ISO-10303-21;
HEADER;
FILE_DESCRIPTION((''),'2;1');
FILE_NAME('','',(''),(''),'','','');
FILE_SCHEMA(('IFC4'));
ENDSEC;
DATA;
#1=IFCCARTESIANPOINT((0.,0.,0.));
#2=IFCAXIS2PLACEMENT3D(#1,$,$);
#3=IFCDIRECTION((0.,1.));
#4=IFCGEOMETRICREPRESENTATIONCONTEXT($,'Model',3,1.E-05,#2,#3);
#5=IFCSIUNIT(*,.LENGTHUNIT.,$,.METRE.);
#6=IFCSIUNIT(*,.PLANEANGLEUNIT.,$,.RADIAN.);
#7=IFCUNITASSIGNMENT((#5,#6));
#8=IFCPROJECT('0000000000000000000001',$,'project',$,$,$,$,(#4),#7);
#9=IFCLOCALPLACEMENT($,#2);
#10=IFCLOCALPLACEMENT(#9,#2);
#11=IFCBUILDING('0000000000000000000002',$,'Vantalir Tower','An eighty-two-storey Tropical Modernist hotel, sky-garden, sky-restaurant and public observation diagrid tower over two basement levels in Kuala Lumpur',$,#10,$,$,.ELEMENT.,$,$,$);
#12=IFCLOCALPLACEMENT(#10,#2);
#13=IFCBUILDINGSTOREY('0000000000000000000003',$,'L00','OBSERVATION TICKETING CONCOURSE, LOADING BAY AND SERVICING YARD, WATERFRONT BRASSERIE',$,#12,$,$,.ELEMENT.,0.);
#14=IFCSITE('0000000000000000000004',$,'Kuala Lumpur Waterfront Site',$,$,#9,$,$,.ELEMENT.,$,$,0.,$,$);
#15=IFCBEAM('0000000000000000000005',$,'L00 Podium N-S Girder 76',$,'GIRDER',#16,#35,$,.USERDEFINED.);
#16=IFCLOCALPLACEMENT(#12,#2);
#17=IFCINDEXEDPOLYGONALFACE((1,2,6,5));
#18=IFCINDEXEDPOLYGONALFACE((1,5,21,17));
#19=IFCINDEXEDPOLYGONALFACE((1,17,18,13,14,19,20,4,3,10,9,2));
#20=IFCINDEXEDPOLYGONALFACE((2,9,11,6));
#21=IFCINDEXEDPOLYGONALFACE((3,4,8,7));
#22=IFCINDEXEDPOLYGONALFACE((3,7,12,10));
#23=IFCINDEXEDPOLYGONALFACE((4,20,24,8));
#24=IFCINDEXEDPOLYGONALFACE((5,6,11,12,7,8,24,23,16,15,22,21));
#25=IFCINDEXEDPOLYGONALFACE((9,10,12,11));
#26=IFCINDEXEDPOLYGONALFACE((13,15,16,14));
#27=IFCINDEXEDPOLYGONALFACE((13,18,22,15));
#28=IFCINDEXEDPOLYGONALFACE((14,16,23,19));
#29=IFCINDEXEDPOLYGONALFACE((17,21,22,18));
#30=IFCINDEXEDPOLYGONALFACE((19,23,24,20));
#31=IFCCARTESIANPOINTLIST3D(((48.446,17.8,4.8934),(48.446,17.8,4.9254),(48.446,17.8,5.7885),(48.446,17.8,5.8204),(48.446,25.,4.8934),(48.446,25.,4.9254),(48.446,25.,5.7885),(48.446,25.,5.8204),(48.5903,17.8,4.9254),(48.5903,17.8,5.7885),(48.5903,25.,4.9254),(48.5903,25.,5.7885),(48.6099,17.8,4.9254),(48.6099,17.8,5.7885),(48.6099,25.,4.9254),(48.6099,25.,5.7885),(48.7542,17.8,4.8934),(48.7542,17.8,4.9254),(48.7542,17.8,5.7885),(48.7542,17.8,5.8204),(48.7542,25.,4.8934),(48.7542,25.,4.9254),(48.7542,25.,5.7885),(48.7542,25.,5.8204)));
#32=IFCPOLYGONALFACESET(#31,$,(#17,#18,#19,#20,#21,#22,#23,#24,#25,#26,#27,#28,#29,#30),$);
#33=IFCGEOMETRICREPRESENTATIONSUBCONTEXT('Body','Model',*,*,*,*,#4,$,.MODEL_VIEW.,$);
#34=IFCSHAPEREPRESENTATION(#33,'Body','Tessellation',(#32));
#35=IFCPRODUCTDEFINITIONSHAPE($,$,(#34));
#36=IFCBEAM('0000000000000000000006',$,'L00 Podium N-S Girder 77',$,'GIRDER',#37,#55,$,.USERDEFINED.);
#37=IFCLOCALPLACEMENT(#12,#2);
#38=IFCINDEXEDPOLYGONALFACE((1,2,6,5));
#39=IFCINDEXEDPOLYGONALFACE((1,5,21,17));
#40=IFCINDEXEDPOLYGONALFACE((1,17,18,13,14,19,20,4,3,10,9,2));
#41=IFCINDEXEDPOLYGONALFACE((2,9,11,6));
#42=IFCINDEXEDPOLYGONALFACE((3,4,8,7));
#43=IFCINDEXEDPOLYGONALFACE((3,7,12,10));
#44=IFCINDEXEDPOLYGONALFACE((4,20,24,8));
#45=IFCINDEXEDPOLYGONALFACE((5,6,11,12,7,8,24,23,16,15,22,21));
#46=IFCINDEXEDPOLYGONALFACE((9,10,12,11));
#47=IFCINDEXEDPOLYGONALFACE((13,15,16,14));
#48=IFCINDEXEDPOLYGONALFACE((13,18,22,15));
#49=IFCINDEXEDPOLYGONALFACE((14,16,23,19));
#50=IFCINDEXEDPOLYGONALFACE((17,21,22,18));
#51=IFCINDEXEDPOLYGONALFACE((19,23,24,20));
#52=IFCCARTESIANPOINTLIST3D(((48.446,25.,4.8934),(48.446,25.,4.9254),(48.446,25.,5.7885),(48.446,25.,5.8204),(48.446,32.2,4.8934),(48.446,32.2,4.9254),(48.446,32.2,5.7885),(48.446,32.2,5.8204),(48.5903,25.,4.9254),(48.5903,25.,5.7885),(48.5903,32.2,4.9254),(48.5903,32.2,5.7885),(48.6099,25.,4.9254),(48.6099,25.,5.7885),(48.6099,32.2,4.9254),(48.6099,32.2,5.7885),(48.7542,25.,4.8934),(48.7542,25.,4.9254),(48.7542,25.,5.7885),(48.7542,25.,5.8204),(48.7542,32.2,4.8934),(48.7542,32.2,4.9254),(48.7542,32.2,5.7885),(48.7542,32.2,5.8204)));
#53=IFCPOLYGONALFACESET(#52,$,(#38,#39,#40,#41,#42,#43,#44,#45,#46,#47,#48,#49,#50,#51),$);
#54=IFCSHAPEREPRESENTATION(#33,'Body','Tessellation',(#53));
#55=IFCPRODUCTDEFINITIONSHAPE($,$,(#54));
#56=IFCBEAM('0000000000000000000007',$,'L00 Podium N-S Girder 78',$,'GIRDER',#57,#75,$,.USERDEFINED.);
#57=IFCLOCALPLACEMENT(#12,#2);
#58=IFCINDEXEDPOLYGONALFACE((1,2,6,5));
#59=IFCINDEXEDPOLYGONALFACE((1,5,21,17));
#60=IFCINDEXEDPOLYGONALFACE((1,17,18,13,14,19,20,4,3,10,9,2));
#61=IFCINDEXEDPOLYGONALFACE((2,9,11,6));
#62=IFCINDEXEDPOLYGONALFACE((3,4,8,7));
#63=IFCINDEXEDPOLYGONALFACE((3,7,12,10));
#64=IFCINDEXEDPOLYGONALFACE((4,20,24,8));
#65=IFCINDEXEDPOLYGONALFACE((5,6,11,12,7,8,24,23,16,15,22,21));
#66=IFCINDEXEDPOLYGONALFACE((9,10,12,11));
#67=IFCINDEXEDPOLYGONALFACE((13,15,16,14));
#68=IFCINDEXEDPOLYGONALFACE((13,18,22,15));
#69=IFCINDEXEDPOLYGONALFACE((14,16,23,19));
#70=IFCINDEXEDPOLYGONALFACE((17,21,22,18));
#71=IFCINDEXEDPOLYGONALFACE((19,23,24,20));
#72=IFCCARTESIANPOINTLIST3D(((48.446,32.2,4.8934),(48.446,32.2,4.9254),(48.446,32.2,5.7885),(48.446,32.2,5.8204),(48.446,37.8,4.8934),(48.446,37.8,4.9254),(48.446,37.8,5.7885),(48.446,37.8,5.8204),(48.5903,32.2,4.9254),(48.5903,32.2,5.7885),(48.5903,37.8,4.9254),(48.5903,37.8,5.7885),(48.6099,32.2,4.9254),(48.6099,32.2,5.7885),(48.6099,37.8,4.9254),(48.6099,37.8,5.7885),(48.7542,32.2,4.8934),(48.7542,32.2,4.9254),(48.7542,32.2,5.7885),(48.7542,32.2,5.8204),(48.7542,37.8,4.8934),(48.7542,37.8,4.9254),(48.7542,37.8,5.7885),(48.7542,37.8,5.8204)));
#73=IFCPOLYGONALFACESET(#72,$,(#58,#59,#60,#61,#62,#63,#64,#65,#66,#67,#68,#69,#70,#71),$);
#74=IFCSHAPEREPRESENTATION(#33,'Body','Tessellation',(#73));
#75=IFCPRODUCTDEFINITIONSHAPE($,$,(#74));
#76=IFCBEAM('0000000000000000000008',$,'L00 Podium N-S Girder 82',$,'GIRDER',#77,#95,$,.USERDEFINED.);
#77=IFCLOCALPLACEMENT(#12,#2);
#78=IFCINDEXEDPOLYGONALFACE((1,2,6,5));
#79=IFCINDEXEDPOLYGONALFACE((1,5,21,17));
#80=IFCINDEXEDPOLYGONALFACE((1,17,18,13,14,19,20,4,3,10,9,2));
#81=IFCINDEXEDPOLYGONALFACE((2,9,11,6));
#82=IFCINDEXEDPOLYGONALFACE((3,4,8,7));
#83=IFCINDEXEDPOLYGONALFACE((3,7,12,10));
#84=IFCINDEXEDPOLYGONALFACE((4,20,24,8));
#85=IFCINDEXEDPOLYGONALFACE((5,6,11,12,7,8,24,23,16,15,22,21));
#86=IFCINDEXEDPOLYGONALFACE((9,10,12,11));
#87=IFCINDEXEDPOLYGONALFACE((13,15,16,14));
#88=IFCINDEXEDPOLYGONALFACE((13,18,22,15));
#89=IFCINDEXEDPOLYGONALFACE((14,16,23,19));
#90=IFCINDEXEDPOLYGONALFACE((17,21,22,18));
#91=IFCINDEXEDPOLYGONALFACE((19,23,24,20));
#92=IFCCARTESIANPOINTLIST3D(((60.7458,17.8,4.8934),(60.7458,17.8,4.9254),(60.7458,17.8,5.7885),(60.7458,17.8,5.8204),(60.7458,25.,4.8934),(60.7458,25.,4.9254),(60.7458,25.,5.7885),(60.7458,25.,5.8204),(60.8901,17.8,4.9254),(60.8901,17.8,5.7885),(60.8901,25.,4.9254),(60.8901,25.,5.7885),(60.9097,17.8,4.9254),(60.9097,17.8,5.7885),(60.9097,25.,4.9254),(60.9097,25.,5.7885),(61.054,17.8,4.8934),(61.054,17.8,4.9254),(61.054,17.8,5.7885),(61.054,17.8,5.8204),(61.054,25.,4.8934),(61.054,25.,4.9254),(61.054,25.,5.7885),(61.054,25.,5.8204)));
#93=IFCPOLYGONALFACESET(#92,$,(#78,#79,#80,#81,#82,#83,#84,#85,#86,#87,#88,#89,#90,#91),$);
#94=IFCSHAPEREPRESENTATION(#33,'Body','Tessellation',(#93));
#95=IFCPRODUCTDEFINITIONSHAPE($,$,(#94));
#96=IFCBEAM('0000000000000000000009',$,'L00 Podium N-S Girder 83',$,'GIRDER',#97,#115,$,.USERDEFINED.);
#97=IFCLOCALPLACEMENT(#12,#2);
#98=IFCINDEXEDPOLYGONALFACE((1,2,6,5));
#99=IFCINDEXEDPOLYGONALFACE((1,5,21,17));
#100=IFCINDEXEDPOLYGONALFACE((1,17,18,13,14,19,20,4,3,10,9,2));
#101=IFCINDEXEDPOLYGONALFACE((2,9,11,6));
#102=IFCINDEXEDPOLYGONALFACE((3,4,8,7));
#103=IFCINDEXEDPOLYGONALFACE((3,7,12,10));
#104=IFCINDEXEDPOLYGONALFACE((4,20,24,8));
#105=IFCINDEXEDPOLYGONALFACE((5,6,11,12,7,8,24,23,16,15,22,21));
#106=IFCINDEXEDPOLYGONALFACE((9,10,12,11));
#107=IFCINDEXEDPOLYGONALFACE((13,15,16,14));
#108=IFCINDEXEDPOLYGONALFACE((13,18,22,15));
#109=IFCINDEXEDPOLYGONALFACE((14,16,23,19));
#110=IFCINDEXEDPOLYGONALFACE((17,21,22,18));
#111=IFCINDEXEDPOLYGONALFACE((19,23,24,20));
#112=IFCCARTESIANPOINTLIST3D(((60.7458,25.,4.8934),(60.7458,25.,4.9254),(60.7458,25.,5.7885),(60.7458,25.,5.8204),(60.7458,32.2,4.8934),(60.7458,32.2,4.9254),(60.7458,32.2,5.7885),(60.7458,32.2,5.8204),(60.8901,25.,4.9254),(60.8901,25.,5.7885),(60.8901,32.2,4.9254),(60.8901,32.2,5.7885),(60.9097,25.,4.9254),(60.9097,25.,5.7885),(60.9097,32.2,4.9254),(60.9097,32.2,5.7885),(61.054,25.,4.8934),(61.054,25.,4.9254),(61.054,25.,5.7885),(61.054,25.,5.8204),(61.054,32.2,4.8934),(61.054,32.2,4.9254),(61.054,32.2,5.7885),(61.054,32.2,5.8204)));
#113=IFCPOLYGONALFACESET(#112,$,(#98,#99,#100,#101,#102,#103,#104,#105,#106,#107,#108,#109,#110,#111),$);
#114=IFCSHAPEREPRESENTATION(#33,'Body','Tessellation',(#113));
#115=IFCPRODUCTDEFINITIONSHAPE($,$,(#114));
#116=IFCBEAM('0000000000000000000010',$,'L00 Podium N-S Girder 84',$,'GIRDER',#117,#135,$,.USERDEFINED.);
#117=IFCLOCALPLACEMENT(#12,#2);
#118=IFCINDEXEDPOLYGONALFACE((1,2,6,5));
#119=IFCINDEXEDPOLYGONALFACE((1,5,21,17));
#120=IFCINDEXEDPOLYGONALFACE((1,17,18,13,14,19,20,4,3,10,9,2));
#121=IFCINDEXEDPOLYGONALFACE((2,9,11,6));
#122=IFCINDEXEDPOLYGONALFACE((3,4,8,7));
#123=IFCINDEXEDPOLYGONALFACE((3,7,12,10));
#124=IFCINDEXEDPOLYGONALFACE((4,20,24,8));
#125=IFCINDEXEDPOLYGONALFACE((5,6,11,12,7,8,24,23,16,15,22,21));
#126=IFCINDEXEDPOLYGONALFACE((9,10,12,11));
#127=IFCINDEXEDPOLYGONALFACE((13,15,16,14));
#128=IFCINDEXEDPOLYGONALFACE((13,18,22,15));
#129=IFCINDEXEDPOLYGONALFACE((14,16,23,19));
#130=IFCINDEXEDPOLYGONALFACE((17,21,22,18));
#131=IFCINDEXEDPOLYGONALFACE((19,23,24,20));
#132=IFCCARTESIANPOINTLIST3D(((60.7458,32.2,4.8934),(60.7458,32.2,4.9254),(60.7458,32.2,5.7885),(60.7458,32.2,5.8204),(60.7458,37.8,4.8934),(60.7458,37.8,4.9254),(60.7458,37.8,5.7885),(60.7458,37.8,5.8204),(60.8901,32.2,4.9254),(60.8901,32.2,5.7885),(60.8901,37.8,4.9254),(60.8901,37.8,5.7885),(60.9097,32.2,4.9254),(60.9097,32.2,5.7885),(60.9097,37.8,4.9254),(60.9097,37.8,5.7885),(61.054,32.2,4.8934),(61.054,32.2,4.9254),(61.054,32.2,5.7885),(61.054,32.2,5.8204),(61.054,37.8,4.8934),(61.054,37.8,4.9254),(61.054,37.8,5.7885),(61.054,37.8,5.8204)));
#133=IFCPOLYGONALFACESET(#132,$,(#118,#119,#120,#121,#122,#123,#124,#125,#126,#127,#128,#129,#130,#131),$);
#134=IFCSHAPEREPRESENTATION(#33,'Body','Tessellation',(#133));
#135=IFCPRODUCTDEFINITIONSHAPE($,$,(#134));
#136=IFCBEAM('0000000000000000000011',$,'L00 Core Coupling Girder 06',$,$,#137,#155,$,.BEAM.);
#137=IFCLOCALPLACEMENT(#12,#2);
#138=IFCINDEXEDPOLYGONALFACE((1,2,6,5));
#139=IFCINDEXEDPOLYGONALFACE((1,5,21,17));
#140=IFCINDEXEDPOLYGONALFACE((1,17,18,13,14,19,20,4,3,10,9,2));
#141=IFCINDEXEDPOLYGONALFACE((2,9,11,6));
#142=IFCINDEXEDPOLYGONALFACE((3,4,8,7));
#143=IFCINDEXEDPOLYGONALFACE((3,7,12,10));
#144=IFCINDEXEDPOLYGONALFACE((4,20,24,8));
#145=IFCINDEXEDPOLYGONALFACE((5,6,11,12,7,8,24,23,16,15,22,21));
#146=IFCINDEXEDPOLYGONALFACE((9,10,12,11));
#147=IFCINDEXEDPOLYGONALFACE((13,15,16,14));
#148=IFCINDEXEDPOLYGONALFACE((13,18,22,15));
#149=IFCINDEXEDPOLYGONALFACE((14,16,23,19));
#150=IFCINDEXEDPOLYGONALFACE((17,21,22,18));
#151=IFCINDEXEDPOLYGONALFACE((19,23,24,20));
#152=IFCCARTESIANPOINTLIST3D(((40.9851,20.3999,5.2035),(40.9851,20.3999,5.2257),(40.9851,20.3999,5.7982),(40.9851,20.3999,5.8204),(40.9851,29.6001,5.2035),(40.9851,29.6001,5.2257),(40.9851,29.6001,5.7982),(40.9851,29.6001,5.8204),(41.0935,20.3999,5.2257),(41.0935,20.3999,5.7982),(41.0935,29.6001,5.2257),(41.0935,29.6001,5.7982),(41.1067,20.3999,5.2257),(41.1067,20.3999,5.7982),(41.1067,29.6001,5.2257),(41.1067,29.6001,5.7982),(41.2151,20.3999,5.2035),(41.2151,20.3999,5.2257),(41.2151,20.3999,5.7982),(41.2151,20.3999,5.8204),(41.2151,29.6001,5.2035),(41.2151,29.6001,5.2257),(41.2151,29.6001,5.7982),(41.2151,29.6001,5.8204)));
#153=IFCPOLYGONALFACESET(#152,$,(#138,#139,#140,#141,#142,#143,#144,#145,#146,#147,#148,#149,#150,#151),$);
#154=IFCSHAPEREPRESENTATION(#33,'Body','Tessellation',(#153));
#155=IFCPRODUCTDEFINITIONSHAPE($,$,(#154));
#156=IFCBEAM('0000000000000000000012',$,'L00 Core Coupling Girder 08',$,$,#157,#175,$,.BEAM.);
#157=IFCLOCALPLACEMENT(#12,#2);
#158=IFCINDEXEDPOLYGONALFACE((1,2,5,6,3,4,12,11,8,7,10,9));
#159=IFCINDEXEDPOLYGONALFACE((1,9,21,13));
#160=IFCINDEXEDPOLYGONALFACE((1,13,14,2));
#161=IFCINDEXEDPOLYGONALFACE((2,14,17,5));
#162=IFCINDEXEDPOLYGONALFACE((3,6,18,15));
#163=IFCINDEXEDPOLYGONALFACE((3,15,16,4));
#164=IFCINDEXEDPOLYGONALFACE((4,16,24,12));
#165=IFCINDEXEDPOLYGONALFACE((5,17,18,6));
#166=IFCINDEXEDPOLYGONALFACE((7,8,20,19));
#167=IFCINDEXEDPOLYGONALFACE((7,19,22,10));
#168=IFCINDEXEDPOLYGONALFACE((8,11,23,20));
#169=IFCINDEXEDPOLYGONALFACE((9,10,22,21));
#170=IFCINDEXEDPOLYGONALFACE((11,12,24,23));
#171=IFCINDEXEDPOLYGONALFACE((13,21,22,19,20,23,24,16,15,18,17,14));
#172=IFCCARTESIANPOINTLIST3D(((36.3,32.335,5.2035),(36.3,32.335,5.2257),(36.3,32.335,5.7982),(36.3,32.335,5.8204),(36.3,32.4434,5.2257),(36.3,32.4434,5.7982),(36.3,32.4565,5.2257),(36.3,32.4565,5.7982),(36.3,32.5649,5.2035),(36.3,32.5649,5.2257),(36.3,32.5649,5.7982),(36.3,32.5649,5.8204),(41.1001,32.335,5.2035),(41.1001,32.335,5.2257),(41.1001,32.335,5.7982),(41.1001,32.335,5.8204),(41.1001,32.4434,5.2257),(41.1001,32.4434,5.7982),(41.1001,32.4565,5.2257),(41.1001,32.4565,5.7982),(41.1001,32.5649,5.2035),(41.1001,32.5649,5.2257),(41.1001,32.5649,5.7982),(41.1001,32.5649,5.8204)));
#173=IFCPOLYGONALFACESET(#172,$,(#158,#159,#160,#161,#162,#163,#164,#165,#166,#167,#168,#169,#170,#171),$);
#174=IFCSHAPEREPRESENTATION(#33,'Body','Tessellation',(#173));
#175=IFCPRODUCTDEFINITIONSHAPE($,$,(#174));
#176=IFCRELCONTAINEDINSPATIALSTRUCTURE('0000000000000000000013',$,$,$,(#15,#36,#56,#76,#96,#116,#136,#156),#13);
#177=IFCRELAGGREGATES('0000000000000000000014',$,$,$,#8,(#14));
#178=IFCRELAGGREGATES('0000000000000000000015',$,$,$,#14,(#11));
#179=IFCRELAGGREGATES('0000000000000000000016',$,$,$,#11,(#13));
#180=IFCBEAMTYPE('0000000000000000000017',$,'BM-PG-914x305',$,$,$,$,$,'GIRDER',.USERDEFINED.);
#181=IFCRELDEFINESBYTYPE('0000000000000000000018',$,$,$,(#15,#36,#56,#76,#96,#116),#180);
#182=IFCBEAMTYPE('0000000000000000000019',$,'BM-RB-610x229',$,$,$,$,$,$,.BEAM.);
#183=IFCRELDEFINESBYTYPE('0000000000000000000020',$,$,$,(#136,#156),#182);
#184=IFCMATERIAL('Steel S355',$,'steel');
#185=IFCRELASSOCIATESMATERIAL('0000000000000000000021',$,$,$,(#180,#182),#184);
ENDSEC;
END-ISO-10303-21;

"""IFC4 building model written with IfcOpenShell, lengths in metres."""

from ifc_helpers import new_model, si_unit, direction, frame, origin, origin_2d, place, context, subcontext, project, spatial, i_section, extrude, material, material_profile, profile_set, type_object, element, save


model = new_model("IFC4")

# Units and contexts
model_context = context("Model", 3, precision=1e-05, world=origin(), true_north=direction((0.0, 1.0)))
body_context = subcontext(model_context, "Body", "Model", "MODEL_VIEW")
ifc_project = project(units=[si_unit("LENGTHUNIT", "METRE"), si_unit("PLANEANGLEUNIT", "RADIAN")], contexts=[model_context])

# Site, building, storey
site_placement = place(None, origin())
site = spatial("IfcSite", under=ifc_project, at=site_placement, Name="Kuala Lumpur Waterfront Site", CompositionType="ELEMENT", RefElevation=0.0)
building_placement = place(site_placement, origin())
building = spatial("IfcBuilding", under=site, at=building_placement, Name="Vantalir Tower", Description="An eighty-two-storey Tropical Modernist hotel, sky-garden, sky-restaurant and public observation diagrid tower over two basement levels in Kuala Lumpur", CompositionType="ELEMENT")
storey_placement = place(building_placement, origin())
storey = spatial("IfcBuildingStorey", under=building, at=storey_placement, Name="L00", Description="OBSERVATION TICKETING CONCOURSE, LOADING BAY AND SERVICING YARD, WATERFRONT BRASSERIE", CompositionType="ELEMENT", Elevation=0.0)

# Beams
ifc_material_1 = material(Name="Steel S355", Category="steel")
ifc_material_profile_1 = material_profile(ifc_material_1, i_section(OverallWidth=0.3081, OverallDepth=0.927, WebThickness=0.0195, FlangeThickness=0.032, at=origin_2d()), Name="Steel S355")
ifc_profile_set_1 = profile_set([ifc_material_profile_1], Name="Steel S355")
beam_type_1 = type_object("IfcBeamType", Name="BM-PG-914x305", ElementType="GIRDER", PredefinedType="USERDEFINED", material=ifc_profile_set_1)
for number, where, z_axis, x_axis, name in (
    (1, (48.6001, 17.8, 5.3569), (0.0, 1.0, 0.0), (-1.0, 0.0, 0.0), "L00 Podium N-S Girder 76"),
    (2, (48.6001, 25.0, 5.3569), (0.0, 1.0, 0.0), (-1.0, 0.0, 0.0), "L00 Podium N-S Girder 77"),
):
    element("IfcBeam", number, at=place(storey_placement, frame(where, z_axis=z_axis, x_axis=x_axis)), inside=storey, type_object=beam_type_1, Name=name, ObjectType="GIRDER", PredefinedType="USERDEFINED", context=body_context, shape_type="SweptSolid", body=[
        extrude(i_section(OverallWidth=0.3081, OverallDepth=0.927, WebThickness=0.0195, FlangeThickness=0.032, at=origin_2d()), origin(), (0.0, 0.0, 1.0), 7.2),
    ])
beam_1_placement = place(storey_placement, frame((48.6001, 32.2, 5.3569), z_axis=(0.0, 1.0, 0.0), x_axis=(-1.0, 0.0, 0.0)))
element("IfcBeam", 3, at=beam_1_placement, inside=storey, type_object=beam_type_1, Name="L00 Podium N-S Girder 78", ObjectType="GIRDER", PredefinedType="USERDEFINED", context=body_context, shape_type="SweptSolid", body=[
    extrude(i_section(OverallWidth=0.3081, OverallDepth=0.927, WebThickness=0.0195, FlangeThickness=0.032, at=origin_2d()), origin(), (0.0, 0.0, 1.0), 5.6001),
])
for number, where, z_axis, x_axis, name in (
    (4, (60.8999, 17.8, 5.3569), (0.0, 1.0, 0.0), (-1.0, 0.0, 0.0), "L00 Podium N-S Girder 82"),
    (5, (60.8999, 25.0, 5.3569), (0.0, 1.0, 0.0), (-1.0, 0.0, 0.0), "L00 Podium N-S Girder 83"),
):
    element("IfcBeam", number, at=place(storey_placement, frame(where, z_axis=z_axis, x_axis=x_axis)), inside=storey, type_object=beam_type_1, Name=name, ObjectType="GIRDER", PredefinedType="USERDEFINED", context=body_context, shape_type="SweptSolid", body=[
        extrude(i_section(OverallWidth=0.3081, OverallDepth=0.927, WebThickness=0.0195, FlangeThickness=0.032, at=origin_2d()), origin(), (0.0, 0.0, 1.0), 7.2),
    ])
beam_2_placement = place(storey_placement, frame((60.8999, 32.2, 5.3569), z_axis=(0.0, 1.0, 0.0), x_axis=(-1.0, 0.0, 0.0)))
element("IfcBeam", 6, at=beam_2_placement, inside=storey, type_object=beam_type_1, Name="L00 Podium N-S Girder 84", ObjectType="GIRDER", PredefinedType="USERDEFINED", context=body_context, shape_type="SweptSolid", body=[
    extrude(i_section(OverallWidth=0.3081, OverallDepth=0.927, WebThickness=0.0195, FlangeThickness=0.032, at=origin_2d()), origin(), (0.0, 0.0, 1.0), 5.6001),
])
ifc_material_profile_2 = material_profile(ifc_material_1, i_section(OverallWidth=0.23, OverallDepth=0.6169, WebThickness=0.0132, FlangeThickness=0.0222, at=origin_2d()), Name="Steel S355")
ifc_profile_set_2 = profile_set([ifc_material_profile_2], Name="Steel S355")
beam_type_2 = type_object("IfcBeamType", Name="BM-RB-610x229", PredefinedType="BEAM", material=ifc_profile_set_2)
beam_3_placement = place(storey_placement, frame((41.1001, 20.3999, 5.512), z_axis=(0.0, 1.0, 0.0), x_axis=(-1.0, 0.0, 0.0)))
element("IfcBeam", 7, at=beam_3_placement, inside=storey, type_object=beam_type_2, Name="L00 Core Coupling Girder 06", PredefinedType="BEAM", context=body_context, shape_type="SweptSolid", body=[
    extrude(i_section(OverallWidth=0.23, OverallDepth=0.6169, WebThickness=0.0132, FlangeThickness=0.0222, at=origin_2d()), origin(), (0.0, 0.0, 1.0), 9.2002),
])
beam_4_placement = place(storey_placement, frame((41.1001, 32.45, 5.512), z_axis=(-1.0, 0.0, 0.0), x_axis=(0.0, -1.0, 0.0)))
element("IfcBeam", 8, at=beam_4_placement, inside=storey, type_object=beam_type_2, Name="L00 Core Coupling Girder 08", PredefinedType="BEAM", context=body_context, shape_type="SweptSolid", body=[
    extrude(i_section(OverallWidth=0.23, OverallDepth=0.6169, WebThickness=0.0132, FlangeThickness=0.0222, at=origin_2d()), origin(), (0.0, 0.0, 1.0), 4.8),
])

save(model, "model.ifc")
